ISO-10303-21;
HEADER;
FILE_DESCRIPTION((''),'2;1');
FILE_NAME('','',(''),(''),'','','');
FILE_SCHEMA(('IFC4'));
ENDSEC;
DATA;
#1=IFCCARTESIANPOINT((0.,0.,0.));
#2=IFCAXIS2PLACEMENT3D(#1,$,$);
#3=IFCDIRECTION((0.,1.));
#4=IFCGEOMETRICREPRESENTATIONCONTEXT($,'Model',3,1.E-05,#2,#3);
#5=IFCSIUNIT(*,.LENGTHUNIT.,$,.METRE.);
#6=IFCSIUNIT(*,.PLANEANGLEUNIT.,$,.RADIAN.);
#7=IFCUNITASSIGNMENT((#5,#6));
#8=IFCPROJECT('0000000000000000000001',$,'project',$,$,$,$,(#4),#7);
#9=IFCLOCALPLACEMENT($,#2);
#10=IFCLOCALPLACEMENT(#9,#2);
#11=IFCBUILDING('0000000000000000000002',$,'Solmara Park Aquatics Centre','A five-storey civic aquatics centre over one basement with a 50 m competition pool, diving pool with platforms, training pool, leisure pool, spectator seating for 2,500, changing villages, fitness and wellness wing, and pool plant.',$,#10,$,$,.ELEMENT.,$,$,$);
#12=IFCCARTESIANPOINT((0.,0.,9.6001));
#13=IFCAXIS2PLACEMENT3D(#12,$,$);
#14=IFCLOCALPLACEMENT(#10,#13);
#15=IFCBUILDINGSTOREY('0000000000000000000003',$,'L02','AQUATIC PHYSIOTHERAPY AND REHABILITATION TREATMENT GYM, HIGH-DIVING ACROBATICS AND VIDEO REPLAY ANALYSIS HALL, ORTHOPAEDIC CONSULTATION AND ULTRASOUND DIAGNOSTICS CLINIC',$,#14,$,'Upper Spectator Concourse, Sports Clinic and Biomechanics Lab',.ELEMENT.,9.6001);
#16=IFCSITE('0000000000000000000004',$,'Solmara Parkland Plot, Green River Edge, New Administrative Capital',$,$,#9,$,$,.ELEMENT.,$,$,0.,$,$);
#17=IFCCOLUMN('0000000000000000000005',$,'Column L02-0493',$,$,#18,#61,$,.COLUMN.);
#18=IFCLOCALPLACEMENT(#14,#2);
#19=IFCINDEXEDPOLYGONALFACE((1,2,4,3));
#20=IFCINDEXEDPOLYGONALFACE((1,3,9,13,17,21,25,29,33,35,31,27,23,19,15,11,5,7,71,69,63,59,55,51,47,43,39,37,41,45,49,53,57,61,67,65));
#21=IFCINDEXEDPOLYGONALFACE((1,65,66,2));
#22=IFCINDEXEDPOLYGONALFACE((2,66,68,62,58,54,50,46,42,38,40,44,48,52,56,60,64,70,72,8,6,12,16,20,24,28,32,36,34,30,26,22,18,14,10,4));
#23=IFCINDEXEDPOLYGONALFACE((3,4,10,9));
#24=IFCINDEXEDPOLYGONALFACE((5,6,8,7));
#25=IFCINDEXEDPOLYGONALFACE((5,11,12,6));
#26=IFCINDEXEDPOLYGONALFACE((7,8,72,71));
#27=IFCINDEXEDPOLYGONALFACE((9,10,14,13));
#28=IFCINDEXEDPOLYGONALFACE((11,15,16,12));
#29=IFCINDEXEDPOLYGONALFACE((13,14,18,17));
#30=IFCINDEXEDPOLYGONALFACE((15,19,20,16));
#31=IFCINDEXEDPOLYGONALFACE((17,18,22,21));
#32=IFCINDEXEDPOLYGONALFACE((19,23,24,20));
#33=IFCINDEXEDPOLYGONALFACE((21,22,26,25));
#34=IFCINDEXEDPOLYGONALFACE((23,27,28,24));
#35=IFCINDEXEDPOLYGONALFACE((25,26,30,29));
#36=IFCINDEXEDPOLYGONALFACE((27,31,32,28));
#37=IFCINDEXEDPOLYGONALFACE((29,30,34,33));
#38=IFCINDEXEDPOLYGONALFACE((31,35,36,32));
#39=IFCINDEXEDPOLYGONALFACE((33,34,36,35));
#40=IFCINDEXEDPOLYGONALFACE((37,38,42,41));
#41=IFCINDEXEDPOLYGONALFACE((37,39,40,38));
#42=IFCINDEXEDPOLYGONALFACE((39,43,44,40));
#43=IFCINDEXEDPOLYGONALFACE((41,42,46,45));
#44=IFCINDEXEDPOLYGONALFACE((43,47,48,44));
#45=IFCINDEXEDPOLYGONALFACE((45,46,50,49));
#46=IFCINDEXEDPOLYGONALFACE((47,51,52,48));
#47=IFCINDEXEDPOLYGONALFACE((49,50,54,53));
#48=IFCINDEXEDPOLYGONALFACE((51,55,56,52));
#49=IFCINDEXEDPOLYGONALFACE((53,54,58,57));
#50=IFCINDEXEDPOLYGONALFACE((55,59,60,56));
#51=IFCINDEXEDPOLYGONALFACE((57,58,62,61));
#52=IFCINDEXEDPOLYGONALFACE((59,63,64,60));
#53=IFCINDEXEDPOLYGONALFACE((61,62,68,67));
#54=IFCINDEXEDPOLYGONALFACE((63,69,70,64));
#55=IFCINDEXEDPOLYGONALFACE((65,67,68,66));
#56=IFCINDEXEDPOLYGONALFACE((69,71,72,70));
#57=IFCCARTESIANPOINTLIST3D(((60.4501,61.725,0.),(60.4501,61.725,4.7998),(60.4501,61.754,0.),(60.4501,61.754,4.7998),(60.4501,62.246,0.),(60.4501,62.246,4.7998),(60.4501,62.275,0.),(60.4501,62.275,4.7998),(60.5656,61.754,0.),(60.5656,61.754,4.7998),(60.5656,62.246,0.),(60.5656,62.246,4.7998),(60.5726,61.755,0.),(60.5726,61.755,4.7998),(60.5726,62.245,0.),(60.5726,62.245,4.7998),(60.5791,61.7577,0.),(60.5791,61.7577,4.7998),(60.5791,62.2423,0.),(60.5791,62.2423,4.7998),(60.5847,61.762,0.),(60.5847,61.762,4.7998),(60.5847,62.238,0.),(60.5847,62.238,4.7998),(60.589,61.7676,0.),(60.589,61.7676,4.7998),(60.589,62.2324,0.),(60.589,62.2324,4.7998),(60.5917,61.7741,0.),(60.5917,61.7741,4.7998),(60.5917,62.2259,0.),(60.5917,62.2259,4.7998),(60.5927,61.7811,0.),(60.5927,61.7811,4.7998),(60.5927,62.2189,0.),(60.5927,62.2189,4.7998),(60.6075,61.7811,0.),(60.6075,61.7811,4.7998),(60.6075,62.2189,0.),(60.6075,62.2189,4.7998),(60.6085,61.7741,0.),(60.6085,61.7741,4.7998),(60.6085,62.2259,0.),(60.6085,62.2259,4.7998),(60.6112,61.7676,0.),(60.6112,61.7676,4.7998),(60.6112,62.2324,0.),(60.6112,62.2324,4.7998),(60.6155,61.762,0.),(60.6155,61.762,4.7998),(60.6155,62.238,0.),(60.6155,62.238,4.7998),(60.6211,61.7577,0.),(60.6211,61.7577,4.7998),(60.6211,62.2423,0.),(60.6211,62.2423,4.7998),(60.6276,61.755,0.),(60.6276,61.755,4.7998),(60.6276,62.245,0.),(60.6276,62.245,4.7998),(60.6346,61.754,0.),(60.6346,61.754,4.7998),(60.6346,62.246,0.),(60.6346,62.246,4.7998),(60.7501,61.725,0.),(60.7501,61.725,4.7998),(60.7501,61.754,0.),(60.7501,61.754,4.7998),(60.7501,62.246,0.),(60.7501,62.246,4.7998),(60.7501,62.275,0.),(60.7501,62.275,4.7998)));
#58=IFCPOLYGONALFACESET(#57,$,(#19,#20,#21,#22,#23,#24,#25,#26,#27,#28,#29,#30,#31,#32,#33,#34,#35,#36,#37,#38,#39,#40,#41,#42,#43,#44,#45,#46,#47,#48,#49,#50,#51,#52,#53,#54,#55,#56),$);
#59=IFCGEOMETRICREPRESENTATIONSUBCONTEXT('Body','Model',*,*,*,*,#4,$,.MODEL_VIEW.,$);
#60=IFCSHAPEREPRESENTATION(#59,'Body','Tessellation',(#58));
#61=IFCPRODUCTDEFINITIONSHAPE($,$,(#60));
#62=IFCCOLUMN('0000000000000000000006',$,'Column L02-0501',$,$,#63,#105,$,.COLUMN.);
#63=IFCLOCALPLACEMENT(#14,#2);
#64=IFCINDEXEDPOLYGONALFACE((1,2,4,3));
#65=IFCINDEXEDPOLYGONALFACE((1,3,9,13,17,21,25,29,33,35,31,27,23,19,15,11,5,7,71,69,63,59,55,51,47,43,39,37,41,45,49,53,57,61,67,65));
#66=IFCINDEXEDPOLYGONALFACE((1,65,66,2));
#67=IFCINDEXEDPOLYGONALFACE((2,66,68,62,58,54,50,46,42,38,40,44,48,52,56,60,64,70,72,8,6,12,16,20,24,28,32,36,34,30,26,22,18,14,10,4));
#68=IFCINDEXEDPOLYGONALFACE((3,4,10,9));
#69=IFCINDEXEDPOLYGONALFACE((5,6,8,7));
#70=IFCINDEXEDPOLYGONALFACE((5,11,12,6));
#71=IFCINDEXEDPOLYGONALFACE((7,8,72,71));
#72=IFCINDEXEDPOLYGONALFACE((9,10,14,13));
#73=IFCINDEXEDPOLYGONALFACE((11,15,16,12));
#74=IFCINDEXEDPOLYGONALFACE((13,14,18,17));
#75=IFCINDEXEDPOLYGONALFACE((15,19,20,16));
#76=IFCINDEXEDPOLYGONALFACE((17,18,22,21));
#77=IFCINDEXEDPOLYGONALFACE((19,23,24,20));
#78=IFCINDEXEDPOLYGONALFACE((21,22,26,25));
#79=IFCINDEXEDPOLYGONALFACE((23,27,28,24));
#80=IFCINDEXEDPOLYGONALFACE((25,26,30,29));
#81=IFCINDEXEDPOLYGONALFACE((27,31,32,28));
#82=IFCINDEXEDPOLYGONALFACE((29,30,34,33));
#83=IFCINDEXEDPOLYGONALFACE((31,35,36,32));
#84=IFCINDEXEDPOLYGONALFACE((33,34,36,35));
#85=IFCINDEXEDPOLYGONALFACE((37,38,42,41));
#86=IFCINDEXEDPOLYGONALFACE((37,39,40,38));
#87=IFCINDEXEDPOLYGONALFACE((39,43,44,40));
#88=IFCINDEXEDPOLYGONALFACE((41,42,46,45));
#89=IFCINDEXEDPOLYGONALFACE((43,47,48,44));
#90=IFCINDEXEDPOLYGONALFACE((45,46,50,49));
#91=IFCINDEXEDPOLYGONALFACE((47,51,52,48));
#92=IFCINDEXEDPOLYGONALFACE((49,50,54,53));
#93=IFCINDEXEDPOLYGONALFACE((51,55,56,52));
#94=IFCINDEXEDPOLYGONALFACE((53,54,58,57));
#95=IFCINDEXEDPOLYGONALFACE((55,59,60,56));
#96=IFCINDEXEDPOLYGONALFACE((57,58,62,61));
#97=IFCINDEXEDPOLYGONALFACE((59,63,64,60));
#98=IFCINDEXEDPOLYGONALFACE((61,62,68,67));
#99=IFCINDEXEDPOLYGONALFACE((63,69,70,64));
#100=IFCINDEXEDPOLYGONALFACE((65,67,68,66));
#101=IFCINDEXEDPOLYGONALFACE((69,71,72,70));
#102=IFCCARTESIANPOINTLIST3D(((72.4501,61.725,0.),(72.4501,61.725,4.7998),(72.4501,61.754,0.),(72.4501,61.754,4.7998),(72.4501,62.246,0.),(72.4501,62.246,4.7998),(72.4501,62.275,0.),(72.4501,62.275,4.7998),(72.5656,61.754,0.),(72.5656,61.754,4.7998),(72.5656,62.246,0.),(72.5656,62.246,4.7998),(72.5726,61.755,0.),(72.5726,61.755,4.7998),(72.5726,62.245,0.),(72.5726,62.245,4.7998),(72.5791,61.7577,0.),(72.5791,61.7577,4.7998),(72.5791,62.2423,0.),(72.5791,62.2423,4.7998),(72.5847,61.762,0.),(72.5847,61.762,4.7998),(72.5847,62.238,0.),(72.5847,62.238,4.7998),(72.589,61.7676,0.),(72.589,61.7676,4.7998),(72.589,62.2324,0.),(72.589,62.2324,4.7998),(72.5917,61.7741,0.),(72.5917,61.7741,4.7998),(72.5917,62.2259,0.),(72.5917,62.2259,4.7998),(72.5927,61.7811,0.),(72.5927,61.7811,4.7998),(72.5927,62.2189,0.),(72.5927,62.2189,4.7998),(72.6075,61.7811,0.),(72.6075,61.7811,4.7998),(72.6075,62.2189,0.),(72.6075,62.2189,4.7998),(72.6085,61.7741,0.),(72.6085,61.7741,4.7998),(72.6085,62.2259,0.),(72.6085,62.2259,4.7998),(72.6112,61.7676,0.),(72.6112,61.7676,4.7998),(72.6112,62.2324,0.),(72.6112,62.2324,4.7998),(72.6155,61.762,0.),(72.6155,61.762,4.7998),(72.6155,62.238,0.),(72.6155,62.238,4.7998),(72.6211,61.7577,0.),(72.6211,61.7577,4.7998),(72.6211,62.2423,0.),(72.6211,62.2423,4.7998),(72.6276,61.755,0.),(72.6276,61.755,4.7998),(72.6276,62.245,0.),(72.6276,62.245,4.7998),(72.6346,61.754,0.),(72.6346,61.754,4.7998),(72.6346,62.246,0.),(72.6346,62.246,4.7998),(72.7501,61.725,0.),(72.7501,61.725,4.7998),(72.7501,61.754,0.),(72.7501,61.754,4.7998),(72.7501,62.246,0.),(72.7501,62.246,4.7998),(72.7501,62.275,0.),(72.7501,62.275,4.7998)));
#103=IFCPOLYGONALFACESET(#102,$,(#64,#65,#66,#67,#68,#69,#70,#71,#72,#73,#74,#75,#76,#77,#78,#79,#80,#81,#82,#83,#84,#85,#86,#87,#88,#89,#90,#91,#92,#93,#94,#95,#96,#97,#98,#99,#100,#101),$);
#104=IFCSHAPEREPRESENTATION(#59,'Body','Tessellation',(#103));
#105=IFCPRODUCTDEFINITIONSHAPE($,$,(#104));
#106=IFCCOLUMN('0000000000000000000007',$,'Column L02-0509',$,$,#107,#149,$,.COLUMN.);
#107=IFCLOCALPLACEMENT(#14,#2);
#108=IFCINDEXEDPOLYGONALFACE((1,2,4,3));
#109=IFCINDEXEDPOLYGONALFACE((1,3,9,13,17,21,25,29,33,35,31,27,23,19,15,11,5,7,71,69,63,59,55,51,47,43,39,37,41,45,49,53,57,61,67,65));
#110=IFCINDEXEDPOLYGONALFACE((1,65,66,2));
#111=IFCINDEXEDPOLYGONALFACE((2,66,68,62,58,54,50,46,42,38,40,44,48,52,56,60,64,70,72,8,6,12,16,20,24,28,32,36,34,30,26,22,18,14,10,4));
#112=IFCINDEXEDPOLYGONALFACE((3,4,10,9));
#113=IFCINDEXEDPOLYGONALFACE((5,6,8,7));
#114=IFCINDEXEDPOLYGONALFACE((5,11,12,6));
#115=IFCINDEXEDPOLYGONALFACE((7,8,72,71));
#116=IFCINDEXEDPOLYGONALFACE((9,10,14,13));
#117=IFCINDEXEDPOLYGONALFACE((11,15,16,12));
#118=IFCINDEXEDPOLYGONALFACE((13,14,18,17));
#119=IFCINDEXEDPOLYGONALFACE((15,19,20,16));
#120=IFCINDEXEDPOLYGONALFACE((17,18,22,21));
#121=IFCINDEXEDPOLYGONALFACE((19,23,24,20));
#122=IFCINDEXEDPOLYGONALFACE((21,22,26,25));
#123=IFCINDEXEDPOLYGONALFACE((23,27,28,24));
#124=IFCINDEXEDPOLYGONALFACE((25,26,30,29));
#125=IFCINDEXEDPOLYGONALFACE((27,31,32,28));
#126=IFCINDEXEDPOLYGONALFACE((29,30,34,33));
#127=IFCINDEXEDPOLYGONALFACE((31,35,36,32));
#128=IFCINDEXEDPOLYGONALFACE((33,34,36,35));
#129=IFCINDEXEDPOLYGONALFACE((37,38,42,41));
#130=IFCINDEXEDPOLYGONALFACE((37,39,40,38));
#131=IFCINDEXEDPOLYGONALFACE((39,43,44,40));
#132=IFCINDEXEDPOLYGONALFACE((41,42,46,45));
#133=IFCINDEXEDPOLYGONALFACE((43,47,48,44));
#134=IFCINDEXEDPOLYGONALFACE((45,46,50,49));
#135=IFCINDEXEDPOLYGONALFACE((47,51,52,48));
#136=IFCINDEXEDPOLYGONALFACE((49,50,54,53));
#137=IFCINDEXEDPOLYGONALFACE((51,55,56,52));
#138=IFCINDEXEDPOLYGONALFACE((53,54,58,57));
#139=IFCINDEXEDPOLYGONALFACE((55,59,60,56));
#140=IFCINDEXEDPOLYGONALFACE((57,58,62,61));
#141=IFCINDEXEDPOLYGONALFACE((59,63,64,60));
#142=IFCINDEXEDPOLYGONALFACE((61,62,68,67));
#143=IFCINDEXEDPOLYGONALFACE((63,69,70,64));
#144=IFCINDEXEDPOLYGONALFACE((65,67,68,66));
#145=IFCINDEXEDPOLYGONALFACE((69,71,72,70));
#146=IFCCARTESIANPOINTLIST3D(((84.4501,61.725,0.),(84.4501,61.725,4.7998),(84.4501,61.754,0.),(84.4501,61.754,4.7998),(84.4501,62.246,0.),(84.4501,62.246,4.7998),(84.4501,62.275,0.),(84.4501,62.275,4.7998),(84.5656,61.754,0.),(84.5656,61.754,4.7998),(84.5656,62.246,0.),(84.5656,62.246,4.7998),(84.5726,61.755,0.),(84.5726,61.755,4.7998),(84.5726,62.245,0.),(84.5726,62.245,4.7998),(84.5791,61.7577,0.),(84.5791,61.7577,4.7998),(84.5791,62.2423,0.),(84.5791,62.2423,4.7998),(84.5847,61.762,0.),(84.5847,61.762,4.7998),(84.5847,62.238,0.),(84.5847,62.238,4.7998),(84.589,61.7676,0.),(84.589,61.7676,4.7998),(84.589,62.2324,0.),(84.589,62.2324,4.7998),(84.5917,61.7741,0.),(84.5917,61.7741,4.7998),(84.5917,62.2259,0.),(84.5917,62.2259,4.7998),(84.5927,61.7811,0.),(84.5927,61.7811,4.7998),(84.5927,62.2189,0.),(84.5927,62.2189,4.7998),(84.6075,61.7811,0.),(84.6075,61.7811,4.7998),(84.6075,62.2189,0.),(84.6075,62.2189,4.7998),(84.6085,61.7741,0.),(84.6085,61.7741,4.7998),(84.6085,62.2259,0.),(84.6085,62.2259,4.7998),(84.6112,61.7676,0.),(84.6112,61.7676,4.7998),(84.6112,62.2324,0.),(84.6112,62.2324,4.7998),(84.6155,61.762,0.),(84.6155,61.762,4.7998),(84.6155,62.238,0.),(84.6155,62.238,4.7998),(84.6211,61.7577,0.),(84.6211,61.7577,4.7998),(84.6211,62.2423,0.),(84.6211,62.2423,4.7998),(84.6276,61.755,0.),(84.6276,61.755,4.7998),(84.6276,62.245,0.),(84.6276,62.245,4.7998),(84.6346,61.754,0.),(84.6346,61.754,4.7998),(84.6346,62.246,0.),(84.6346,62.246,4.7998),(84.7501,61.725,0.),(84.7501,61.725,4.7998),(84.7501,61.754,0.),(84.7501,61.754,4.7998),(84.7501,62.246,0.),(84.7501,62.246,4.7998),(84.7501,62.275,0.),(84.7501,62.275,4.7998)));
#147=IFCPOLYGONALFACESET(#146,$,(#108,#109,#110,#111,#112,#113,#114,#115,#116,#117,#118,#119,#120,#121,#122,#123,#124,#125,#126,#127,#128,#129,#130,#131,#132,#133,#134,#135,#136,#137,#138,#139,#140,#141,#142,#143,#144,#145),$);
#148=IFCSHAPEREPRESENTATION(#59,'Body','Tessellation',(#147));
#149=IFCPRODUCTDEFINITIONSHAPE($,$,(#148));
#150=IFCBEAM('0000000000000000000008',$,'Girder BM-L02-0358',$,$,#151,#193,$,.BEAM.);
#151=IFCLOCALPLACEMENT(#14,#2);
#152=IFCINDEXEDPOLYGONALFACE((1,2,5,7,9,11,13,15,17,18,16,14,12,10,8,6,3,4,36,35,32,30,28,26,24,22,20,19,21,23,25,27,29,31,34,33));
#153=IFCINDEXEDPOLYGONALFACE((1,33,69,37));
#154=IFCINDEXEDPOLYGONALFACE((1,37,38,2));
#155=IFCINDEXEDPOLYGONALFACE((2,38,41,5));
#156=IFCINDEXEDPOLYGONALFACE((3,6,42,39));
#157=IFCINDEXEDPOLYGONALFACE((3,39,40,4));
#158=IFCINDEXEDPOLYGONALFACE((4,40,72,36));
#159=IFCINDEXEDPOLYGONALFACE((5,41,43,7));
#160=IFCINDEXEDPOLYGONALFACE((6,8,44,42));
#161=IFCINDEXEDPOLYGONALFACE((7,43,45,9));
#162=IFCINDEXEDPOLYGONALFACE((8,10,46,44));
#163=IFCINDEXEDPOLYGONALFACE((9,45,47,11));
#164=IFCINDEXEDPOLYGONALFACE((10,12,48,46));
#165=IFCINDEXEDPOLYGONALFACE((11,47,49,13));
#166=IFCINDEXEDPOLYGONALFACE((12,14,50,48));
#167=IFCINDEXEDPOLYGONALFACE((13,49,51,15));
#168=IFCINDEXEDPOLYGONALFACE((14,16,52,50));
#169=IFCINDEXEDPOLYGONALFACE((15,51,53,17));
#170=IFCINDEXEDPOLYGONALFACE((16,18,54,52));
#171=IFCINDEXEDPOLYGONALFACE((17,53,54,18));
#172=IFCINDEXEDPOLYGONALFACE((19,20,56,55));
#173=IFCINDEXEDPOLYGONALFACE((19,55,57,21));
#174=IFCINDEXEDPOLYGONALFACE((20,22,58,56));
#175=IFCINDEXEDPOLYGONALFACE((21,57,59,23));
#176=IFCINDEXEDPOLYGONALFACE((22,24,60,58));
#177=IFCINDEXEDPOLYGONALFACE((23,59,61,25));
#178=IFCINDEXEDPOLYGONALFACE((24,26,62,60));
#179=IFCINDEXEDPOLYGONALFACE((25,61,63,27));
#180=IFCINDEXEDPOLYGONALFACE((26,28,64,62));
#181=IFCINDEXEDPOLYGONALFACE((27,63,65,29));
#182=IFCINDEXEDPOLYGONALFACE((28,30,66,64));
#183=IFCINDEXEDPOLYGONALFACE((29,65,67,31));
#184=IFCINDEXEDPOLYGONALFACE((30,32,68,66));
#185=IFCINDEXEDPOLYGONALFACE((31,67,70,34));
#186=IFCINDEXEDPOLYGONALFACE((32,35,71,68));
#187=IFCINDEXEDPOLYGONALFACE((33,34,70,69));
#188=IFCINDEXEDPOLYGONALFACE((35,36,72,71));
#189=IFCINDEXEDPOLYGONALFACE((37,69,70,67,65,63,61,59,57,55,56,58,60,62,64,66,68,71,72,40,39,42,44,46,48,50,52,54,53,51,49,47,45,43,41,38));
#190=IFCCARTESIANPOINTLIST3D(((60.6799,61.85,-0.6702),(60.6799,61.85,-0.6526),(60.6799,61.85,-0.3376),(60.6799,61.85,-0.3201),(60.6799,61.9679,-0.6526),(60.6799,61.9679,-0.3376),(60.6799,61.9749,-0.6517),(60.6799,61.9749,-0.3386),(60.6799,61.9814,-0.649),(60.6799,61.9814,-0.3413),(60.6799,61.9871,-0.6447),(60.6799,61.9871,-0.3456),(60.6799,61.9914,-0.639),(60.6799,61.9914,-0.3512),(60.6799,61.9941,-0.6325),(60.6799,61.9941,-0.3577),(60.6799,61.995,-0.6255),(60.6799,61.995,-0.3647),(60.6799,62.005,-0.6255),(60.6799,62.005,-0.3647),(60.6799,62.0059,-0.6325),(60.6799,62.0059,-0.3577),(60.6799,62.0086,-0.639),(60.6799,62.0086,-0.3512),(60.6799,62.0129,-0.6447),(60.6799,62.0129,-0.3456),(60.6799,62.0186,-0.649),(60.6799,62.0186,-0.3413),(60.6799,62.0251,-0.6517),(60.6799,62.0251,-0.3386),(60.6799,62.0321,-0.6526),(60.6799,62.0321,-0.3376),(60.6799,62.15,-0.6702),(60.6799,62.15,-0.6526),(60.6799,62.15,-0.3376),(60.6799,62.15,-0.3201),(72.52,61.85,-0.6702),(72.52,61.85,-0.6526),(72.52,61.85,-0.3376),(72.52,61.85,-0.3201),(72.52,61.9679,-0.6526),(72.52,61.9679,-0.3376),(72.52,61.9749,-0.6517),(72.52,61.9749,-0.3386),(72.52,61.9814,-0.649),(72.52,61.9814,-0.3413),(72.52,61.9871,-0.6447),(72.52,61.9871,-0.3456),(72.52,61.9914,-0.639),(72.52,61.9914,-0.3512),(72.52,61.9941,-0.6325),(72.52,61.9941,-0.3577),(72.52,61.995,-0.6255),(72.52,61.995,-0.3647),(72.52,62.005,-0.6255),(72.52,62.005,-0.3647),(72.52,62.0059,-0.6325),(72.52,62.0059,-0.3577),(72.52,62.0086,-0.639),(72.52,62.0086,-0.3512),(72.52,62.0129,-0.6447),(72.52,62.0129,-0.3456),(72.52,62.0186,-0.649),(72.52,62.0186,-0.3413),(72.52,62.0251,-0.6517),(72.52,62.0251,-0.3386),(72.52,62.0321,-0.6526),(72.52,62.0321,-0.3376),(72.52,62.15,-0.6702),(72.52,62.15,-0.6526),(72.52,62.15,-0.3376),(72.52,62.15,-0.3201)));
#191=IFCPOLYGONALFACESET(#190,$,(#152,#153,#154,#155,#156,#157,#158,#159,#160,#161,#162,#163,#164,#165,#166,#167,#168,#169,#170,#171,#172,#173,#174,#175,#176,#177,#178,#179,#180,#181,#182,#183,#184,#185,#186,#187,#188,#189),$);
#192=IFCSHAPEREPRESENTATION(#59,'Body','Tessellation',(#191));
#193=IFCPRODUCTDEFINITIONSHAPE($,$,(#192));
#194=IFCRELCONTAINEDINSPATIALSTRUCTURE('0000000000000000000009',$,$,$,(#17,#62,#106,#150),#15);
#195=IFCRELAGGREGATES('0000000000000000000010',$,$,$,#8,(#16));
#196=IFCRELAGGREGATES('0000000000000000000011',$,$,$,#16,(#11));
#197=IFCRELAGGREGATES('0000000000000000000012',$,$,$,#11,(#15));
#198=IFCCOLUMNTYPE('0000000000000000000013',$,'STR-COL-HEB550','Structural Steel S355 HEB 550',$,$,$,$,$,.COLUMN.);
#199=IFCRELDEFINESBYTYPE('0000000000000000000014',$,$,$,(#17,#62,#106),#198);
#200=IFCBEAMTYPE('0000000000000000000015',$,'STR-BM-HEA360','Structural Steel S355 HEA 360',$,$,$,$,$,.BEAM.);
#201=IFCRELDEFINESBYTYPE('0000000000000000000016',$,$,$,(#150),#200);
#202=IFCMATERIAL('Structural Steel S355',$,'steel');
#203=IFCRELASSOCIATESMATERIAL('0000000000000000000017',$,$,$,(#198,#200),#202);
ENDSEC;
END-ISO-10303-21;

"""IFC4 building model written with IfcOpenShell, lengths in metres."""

from ifc_helpers import new_model, si_unit, direction, frame, origin, origin_2d, place, context, subcontext, project, spatial, i_section, extrude, material, material_profile, profile_set, type_object, element, save


model = new_model("IFC4")

# Units and contexts
model_context = context("Model", 3, precision=1e-05, world=origin(), true_north=direction((0.0, 1.0)))
body_context = subcontext(model_context, "Body", "Model", "MODEL_VIEW")
ifc_project = project(units=[si_unit("LENGTHUNIT", "METRE"), si_unit("PLANEANGLEUNIT", "RADIAN")], contexts=[model_context])

# Site, building, storey
site_placement = place(None, origin())
site = spatial("IfcSite", under=ifc_project, at=site_placement, Name="Solmara Parkland Plot, Green River Edge, New Administrative Capital", CompositionType="ELEMENT", RefElevation=0.0)
building_placement = place(site_placement, origin())
building = spatial("IfcBuilding", under=site, at=building_placement, Name="Solmara Park Aquatics Centre", Description="A five-storey civic aquatics centre over one basement with a 50 m competition pool, diving pool with platforms, training pool, leisure pool, spectator seating for 2,500, changing villages, fitness and wellness wing, and pool plant.", CompositionType="ELEMENT")
storey_placement = place(building_placement, frame((0.0, 0.0, 9.6001)))
storey = spatial("IfcBuildingStorey", under=building, at=storey_placement, Name="L02", Description="AQUATIC PHYSIOTHERAPY AND REHABILITATION TREATMENT GYM, HIGH-DIVING ACROBATICS AND VIDEO REPLAY ANALYSIS HALL, ORTHOPAEDIC CONSULTATION AND ULTRASOUND DIAGNOSTICS CLINIC", LongName="Upper Spectator Concourse, Sports Clinic and Biomechanics Lab", CompositionType="ELEMENT", Elevation=9.6001)

# Columns
ifc_material_1 = material(Name="Structural Steel S355", Category="steel")
ifc_material_profile_1 = material_profile(ifc_material_1, i_section(OverallWidth=0.3, OverallDepth=0.55, WebThickness=0.0149, FlangeThickness=0.0291, FilletRadius=0.0271, at=origin_2d()), Name="HEB 550")
ifc_profile_set_1 = profile_set([ifc_material_profile_1], Name="Structural Steel S355")
column_type_1 = type_object("IfcColumnType", Name="STR-COL-HEB550", Description="Structural Steel S355 HEB 550", PredefinedType="COLUMN", material=ifc_profile_set_1)
for number, where, z_axis, x_axis, name in (
    (1, (60.6001, 62.0, 0.0), (0.0, 0.0, 1.0), (1.0, 0.0, 0.0), "Column L02-0493"),
    (2, (72.6001, 62.0, 0.0), (0.0, 0.0, 1.0), (1.0, 0.0, 0.0), "Column L02-0501"),
    (3, (84.6001, 62.0, 0.0), (0.0, 0.0, 1.0), (1.0, 0.0, 0.0), "Column L02-0509"),
):
    element("IfcColumn", number, at=place(storey_placement, frame(where, z_axis=z_axis, x_axis=x_axis)), inside=storey, type_object=column_type_1, Name=name, PredefinedType="COLUMN", context=body_context, shape_type="SweptSolid", body=[
        extrude(i_section(OverallWidth=0.3, OverallDepth=0.55, WebThickness=0.0149, FlangeThickness=0.0291, FilletRadius=0.0271, at=origin_2d()), origin(), (0.0, 0.0, 1.0), 4.7998),
    ])

# Beam
ifc_material_profile_2 = material_profile(ifc_material_1, i_section(OverallWidth=0.3, OverallDepth=0.3501, WebThickness=0.01, FlangeThickness=0.0176, FilletRadius=0.0271, at=origin_2d()), Name="HEA 360")
ifc_profile_set_2 = profile_set([ifc_material_profile_2], Name="Structural Steel S355")
beam_type_1 = type_object("IfcBeamType", Name="STR-BM-HEA360", Description="Structural Steel S355 HEA 360", PredefinedType="BEAM", material=ifc_profile_set_2)
for number, where, z_axis, x_axis, name in (
    (4, (60.6799, 62.0, -0.4951), (1.0, 0.0, 0.0), (0.0, 1.0, 0.0), "Girder BM-L02-0358"),
):
    element("IfcBeam", number, at=place(storey_placement, frame(where, z_axis=z_axis, x_axis=x_axis)), inside=storey, type_object=beam_type_1, Name=name, PredefinedType="BEAM", context=body_context, shape_type="SweptSolid", body=[
        extrude(i_section(OverallWidth=0.3, OverallDepth=0.3501, WebThickness=0.01, FlangeThickness=0.0176, FilletRadius=0.0271, at=origin_2d()), origin(), (0.0, 0.0, 1.0), 11.8401),
    ])

save(model, "model.ifc")
